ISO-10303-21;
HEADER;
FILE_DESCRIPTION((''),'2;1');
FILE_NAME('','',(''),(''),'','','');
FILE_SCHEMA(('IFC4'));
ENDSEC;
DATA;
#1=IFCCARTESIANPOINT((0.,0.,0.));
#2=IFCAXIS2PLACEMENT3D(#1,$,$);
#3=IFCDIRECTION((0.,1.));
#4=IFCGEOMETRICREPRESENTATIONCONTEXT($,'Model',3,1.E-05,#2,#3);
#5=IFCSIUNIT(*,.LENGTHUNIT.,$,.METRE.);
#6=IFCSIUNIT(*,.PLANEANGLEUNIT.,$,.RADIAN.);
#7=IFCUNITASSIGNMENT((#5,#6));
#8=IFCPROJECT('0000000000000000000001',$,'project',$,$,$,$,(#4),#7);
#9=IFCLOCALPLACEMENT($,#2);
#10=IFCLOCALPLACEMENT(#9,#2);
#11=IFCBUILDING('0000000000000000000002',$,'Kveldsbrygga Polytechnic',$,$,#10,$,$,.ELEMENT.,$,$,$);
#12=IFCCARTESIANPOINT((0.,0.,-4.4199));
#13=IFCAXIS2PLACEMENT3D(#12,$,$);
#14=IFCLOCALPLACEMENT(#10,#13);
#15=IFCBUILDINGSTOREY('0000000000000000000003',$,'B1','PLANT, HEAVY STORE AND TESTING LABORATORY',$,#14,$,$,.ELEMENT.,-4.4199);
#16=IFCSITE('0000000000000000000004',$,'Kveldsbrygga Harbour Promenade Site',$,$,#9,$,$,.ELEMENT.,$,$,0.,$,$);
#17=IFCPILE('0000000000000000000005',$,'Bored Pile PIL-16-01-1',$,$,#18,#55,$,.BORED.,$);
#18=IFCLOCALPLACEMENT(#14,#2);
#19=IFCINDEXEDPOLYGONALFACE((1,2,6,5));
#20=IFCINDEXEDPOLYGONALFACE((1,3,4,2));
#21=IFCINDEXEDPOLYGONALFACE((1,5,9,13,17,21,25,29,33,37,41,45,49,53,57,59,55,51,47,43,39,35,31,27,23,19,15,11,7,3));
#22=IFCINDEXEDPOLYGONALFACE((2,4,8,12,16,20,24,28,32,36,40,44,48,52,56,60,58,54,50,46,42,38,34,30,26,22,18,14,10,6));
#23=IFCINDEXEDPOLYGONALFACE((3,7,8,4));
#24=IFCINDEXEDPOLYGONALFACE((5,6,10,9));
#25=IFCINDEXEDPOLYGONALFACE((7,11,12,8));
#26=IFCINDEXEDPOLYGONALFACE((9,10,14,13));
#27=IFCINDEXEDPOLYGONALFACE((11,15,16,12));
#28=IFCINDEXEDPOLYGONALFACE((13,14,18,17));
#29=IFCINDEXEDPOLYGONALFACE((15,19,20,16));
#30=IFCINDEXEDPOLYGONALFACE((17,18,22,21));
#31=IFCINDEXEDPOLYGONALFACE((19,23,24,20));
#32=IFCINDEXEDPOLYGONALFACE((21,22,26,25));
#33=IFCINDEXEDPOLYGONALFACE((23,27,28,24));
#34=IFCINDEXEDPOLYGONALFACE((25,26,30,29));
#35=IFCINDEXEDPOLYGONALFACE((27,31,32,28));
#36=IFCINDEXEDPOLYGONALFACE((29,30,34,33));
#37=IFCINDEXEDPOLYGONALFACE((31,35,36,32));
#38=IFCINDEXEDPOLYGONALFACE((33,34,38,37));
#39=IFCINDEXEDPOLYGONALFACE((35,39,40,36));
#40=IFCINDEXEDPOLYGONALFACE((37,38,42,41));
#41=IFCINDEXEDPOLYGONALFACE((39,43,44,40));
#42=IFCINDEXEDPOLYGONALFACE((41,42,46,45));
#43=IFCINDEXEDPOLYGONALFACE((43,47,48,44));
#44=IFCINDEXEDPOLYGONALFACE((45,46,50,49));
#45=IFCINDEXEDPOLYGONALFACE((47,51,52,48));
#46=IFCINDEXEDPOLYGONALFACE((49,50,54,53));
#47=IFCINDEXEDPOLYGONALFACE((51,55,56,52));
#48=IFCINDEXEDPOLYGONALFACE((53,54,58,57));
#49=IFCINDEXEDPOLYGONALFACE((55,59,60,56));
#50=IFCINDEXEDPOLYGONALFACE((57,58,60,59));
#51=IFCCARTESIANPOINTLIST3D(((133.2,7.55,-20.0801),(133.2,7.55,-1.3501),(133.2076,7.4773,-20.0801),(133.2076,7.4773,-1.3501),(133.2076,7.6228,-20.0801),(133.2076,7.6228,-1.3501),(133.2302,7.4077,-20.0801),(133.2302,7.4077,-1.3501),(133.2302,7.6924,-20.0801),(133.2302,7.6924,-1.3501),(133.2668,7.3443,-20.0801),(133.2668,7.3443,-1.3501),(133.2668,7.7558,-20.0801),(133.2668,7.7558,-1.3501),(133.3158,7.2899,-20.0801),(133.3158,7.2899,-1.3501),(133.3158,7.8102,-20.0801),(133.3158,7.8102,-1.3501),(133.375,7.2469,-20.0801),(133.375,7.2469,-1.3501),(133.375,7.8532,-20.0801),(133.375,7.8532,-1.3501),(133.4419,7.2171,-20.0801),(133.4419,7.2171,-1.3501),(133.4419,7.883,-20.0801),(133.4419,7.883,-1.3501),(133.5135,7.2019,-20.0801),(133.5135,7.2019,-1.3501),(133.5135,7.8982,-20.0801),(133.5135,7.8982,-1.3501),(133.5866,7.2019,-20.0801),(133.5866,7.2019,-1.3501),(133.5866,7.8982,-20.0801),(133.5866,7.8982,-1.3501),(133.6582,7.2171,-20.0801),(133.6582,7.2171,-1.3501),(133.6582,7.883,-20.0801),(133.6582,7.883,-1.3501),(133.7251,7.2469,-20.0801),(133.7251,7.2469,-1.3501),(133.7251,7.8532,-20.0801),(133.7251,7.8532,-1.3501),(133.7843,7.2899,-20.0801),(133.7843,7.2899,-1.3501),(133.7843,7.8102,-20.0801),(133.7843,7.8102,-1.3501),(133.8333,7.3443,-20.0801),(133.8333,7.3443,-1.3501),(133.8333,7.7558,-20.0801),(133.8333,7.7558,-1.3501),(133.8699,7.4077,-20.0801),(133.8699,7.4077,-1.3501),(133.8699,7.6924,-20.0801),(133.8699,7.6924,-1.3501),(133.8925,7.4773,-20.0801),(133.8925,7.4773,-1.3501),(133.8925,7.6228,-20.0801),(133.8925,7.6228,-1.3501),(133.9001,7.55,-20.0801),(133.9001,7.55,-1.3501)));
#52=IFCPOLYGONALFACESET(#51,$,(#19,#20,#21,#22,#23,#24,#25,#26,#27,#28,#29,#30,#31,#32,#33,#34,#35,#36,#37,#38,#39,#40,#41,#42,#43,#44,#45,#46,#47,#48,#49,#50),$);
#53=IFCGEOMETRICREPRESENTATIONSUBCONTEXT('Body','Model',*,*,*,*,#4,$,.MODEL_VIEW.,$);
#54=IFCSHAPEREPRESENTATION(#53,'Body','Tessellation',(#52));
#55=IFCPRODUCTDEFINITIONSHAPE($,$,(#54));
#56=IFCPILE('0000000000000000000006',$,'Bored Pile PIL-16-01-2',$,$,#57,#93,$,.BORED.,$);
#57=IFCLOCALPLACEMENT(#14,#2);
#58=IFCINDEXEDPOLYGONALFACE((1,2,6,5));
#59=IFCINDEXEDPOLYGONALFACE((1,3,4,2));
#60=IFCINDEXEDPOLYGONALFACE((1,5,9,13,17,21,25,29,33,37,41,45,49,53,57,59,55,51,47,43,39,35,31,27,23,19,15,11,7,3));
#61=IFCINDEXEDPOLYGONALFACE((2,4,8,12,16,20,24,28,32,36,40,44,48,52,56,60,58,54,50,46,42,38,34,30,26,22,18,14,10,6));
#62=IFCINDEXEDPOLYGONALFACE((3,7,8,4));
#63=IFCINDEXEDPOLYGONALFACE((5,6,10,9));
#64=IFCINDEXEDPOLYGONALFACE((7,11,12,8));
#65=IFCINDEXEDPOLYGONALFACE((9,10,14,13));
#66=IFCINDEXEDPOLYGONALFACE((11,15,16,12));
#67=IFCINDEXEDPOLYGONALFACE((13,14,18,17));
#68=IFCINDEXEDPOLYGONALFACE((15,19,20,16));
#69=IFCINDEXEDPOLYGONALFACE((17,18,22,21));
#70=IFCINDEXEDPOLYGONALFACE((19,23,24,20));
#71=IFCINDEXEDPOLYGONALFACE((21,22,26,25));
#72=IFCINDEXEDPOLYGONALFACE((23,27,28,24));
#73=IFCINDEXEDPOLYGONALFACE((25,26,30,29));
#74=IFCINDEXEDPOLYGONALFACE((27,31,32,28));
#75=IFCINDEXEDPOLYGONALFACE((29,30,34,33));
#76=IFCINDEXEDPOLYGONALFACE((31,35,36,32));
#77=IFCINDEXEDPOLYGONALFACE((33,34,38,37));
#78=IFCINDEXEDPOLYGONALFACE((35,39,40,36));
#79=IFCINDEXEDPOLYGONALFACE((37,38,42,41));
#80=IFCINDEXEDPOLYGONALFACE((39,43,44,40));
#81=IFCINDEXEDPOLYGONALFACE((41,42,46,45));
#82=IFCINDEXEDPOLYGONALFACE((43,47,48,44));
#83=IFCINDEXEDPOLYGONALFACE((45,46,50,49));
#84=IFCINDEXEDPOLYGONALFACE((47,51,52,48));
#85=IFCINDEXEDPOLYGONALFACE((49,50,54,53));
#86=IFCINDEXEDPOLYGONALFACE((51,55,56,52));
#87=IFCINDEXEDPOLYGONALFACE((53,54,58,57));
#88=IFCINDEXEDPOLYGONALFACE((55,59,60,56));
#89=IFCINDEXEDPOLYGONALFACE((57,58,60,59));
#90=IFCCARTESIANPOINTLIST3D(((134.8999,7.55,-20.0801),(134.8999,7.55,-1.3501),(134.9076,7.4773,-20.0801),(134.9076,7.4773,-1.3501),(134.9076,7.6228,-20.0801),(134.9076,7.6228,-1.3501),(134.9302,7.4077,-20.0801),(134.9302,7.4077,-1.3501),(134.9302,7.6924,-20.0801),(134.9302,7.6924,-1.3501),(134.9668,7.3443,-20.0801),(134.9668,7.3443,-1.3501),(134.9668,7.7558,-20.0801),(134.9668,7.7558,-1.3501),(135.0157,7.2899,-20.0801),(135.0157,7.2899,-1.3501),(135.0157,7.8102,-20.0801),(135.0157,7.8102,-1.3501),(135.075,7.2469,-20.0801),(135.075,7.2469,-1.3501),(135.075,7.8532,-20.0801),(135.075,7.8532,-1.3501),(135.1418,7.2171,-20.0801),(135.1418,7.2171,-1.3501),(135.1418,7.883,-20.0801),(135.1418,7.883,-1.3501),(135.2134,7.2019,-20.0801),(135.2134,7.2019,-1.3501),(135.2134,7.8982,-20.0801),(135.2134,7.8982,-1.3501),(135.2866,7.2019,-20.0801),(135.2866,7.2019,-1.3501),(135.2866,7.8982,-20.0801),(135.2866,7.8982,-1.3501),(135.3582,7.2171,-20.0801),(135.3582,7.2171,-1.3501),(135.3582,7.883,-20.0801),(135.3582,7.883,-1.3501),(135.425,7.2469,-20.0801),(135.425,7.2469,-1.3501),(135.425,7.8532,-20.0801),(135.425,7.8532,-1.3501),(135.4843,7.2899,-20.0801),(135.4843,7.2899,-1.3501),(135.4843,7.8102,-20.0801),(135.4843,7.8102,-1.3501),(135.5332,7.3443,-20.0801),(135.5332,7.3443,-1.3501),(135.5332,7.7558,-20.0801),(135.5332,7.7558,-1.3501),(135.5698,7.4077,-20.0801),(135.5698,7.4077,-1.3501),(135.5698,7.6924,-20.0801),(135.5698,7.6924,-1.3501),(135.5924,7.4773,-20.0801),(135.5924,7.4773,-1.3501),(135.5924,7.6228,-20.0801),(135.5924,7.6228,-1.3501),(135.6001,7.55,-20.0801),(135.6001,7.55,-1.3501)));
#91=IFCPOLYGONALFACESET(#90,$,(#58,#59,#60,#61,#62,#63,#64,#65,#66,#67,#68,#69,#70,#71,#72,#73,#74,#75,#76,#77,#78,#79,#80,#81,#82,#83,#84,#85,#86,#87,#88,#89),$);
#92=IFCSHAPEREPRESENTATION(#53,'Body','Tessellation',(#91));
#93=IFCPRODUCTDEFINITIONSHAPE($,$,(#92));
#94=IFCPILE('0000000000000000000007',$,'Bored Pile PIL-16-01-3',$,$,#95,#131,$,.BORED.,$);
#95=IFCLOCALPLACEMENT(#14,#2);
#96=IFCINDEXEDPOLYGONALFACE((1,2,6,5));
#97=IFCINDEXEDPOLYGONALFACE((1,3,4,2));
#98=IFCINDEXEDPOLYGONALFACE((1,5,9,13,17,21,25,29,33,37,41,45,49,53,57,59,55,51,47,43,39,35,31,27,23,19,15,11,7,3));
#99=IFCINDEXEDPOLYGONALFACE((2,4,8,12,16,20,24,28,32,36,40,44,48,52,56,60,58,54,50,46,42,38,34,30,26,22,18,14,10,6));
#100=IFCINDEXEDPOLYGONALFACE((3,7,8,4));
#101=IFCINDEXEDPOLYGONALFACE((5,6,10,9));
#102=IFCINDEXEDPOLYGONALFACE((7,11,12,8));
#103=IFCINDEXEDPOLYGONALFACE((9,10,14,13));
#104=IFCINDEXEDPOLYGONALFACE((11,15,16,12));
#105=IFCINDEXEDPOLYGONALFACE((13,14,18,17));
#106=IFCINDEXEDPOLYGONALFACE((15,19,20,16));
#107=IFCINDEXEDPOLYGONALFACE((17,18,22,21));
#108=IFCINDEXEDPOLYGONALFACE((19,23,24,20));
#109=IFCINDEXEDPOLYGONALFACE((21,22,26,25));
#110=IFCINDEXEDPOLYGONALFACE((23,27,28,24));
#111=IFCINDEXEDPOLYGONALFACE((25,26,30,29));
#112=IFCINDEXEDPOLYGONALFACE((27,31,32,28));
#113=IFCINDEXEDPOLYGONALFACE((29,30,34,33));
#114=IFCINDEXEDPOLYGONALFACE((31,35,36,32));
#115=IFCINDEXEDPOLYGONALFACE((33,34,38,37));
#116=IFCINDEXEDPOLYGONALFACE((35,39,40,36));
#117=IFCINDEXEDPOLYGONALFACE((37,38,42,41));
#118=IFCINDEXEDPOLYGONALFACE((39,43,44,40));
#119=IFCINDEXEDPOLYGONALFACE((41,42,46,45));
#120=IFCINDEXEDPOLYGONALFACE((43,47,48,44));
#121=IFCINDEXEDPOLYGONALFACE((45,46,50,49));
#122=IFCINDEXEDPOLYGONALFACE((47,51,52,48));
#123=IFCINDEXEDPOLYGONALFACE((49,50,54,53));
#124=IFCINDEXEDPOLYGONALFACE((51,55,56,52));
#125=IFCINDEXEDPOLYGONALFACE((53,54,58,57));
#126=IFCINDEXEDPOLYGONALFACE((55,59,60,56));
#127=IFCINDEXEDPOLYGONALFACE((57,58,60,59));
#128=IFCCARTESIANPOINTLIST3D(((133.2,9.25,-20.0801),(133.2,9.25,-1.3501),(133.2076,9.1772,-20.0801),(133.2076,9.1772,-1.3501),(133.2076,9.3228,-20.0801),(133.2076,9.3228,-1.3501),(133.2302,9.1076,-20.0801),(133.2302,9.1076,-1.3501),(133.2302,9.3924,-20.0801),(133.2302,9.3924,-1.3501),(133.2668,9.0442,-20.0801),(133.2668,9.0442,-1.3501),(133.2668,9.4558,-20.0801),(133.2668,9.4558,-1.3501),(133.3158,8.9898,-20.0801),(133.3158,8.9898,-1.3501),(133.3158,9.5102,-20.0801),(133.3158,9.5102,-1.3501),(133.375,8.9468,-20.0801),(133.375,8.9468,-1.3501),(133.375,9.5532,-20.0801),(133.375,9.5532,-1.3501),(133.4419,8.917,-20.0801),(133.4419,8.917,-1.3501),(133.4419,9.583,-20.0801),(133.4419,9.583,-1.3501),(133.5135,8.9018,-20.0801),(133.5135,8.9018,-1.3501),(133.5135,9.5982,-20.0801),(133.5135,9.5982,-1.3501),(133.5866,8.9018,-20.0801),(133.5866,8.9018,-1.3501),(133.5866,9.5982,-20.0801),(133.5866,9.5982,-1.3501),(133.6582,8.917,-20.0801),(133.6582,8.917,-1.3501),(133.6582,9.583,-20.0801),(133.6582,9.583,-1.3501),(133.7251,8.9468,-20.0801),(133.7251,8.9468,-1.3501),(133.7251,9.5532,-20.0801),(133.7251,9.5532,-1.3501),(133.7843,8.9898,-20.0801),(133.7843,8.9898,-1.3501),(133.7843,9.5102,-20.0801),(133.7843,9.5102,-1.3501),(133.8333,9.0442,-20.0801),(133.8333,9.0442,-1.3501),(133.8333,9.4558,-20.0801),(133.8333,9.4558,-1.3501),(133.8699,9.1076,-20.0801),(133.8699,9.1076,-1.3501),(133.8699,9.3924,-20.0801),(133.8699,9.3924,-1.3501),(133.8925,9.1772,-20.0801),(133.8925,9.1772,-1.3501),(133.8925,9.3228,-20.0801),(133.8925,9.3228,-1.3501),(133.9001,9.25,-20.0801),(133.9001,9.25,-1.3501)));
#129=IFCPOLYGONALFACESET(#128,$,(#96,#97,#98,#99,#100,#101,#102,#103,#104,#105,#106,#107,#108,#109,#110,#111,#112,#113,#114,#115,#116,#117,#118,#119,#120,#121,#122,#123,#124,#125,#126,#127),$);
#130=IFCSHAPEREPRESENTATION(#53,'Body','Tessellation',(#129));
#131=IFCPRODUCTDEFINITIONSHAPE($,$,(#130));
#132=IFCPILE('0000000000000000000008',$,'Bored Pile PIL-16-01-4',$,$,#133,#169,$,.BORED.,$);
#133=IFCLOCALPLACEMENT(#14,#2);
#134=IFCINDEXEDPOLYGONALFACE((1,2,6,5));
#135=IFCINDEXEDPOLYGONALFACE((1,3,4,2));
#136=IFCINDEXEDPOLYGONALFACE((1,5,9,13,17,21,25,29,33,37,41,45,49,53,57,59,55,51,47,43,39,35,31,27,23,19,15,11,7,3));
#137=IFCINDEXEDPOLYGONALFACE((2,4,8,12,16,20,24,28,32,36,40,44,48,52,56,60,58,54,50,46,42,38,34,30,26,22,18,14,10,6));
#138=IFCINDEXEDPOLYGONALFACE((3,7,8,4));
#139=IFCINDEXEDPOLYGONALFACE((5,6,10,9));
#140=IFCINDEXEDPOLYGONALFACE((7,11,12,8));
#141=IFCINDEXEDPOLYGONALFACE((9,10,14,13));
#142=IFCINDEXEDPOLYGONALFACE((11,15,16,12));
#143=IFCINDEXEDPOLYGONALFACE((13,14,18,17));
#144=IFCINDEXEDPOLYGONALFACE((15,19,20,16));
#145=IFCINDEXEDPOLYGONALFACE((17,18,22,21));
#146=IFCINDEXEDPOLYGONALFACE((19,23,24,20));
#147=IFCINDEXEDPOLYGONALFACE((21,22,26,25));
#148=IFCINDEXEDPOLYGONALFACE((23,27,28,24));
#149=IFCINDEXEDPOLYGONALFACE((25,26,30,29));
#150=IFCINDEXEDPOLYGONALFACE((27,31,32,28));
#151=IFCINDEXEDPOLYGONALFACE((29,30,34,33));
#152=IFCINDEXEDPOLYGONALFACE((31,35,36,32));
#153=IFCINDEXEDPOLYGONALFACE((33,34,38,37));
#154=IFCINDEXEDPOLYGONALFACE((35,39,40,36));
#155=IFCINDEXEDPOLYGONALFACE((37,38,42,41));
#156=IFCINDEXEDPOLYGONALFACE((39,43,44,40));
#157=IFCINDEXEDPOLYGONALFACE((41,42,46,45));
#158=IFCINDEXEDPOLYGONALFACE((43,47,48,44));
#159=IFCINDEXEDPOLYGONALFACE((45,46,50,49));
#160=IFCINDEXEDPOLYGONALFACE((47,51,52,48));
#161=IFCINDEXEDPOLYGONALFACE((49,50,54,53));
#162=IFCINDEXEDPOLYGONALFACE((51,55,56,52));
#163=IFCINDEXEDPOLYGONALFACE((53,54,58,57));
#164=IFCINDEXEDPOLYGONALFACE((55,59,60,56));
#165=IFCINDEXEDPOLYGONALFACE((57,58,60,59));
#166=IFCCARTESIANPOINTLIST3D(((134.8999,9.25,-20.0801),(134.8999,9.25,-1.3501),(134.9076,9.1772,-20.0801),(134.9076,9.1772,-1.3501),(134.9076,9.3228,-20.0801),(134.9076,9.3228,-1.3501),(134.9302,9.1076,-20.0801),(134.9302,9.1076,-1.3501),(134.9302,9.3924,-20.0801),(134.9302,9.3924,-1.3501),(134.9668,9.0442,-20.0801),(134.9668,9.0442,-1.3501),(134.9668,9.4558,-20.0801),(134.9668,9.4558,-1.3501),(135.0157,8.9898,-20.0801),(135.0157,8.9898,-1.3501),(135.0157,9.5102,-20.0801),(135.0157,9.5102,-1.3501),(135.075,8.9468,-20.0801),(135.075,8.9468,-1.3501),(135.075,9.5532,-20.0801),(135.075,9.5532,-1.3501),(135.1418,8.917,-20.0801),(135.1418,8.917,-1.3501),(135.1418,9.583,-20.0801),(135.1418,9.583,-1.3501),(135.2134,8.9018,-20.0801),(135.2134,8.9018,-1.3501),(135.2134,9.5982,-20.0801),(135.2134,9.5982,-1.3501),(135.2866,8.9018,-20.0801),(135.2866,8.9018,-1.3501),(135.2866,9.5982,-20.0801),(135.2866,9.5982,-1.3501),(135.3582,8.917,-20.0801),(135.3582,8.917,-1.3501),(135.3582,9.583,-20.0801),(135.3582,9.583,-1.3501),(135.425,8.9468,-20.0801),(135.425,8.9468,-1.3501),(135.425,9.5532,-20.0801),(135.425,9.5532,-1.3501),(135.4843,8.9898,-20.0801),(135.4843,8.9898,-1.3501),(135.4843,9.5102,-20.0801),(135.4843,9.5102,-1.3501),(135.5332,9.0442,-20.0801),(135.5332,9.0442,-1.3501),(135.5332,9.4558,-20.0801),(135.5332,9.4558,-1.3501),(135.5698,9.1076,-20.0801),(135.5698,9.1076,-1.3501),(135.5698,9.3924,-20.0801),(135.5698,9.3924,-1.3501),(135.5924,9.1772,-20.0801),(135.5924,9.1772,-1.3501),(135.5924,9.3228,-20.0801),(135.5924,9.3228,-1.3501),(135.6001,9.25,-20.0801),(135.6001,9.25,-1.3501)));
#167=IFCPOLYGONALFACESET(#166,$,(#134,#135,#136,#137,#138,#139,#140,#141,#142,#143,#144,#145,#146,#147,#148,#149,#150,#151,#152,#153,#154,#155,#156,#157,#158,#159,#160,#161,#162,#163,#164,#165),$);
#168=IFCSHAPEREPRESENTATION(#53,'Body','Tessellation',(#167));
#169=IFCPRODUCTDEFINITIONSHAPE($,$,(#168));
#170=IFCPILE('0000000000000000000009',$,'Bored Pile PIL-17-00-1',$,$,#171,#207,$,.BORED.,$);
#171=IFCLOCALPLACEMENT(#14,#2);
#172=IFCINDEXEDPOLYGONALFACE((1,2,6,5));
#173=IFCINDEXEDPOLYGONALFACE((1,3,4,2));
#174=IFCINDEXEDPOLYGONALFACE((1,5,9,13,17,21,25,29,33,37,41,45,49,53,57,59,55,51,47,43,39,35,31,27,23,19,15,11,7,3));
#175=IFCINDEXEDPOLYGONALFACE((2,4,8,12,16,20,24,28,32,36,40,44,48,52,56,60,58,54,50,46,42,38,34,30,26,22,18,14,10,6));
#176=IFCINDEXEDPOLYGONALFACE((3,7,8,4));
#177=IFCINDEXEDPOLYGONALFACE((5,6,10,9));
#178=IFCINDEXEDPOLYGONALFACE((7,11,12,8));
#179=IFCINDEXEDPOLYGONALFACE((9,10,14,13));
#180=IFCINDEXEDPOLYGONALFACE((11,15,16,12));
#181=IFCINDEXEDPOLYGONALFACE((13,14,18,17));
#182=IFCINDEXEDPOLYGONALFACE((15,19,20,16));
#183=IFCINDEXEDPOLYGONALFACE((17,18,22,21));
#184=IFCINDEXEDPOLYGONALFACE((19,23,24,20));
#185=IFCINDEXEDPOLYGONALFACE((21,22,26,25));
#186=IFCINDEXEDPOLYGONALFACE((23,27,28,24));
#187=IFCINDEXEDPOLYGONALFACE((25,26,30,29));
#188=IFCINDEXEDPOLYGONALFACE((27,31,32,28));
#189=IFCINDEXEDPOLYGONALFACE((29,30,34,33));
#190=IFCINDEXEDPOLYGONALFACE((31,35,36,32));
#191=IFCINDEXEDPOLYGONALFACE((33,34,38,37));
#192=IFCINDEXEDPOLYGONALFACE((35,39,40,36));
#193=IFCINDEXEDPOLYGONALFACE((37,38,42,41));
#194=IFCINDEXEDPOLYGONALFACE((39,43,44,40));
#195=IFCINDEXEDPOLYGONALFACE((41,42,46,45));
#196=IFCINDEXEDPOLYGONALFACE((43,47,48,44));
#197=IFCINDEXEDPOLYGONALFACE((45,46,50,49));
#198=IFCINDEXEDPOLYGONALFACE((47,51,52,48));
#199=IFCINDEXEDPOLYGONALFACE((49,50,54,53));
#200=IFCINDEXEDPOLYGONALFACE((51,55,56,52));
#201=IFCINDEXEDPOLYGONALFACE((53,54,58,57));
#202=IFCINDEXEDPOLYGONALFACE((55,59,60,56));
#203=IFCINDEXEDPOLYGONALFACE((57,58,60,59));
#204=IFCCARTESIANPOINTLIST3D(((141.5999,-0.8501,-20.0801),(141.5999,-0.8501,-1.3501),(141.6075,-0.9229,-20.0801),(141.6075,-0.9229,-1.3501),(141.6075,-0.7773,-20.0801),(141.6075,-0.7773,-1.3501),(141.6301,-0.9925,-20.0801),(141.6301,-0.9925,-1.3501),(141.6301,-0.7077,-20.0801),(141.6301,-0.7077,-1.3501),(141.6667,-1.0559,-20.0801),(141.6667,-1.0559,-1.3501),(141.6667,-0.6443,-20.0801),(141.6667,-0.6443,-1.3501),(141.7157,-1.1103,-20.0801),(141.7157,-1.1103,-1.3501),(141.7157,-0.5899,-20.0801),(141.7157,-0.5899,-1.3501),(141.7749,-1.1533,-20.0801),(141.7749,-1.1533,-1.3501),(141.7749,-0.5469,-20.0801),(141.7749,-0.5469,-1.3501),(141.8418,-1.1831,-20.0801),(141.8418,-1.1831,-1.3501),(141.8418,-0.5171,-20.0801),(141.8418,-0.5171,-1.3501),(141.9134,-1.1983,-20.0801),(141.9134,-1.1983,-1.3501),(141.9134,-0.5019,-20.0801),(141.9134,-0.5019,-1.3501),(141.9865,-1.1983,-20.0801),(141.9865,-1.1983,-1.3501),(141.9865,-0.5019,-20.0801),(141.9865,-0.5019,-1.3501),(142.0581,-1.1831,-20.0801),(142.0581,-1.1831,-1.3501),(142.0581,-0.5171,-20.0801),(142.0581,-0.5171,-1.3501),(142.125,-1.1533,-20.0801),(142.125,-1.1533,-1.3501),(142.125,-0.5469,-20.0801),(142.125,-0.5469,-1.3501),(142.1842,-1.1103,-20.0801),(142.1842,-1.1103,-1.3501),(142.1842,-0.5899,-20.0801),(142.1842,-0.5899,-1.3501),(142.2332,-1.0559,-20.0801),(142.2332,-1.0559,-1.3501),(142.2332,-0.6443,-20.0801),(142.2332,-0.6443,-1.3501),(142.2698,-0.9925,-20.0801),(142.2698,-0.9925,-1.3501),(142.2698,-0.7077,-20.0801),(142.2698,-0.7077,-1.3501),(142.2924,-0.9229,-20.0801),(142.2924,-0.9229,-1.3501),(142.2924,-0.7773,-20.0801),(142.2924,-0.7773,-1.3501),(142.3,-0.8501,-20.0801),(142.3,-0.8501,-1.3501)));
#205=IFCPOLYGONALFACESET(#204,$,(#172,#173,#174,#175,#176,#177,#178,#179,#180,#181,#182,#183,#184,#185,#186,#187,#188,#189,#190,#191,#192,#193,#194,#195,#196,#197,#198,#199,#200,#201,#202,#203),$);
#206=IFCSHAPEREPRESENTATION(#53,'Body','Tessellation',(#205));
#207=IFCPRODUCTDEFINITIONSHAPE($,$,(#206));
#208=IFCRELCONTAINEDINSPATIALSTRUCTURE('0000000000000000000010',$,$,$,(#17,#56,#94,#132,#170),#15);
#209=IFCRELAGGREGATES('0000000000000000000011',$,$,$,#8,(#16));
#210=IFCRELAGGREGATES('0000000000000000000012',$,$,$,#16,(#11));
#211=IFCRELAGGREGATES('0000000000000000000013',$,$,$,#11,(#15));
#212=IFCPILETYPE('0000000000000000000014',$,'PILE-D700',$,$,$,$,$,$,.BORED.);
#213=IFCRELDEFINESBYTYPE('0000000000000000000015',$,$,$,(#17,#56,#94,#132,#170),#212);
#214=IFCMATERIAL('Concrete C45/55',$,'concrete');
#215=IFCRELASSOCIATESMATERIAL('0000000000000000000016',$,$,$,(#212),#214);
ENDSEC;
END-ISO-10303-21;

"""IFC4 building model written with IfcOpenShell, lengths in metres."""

from ifc_helpers import new_model, si_unit, direction, frame, origin, origin_2d, place, context, subcontext, project, spatial, circle, extrude, material, material_profile, profile_set, type_object, element, save


model = new_model("IFC4")

# Units and contexts
model_context = context("Model", 3, precision=1e-05, world=origin(), true_north=direction((0.0, 1.0)))
body_context = subcontext(model_context, "Body", "Model", "MODEL_VIEW")
ifc_project = project(units=[si_unit("LENGTHUNIT", "METRE"), si_unit("PLANEANGLEUNIT", "RADIAN")], contexts=[model_context])

# Site, building, storey
site_placement = place(None, origin())
site = spatial("IfcSite", under=ifc_project, at=site_placement, Name="Kveldsbrygga Harbour Promenade Site", CompositionType="ELEMENT", RefElevation=0.0)
building_placement = place(site_placement, origin())
building = spatial("IfcBuilding", under=site, at=building_placement, Name="Kveldsbrygga Polytechnic", CompositionType="ELEMENT")
storey_placement = place(building_placement, frame((0.0, 0.0, -4.4199)))
storey = spatial("IfcBuildingStorey", under=building, at=storey_placement, Name="B1", Description="PLANT, HEAVY STORE AND TESTING LABORATORY", CompositionType="ELEMENT", Elevation=-4.4199)

# Shared definitions
ifc_material_1 = material(Name="Concrete C45/55", Category="concrete")

# Piles
ifc_material_profile_1 = material_profile(ifc_material_1, circle(Radius=0.3501, at=origin_2d()), Name="PILE D700")
ifc_profile_set_1 = profile_set([ifc_material_profile_1], Name="Concrete C45/55")
pile_type = type_object("IfcPileType", Name="PILE-D700", PredefinedType="BORED", material=ifc_profile_set_1)
for number, where, z_axis, x_axis, name in (
    (1, (133.55, 7.55, -1.3501), (0.0, 0.0, -1.0), (1.0, 0.0, 0.0), "Bored Pile PIL-16-01-1"),
    (2, (135.25, 7.55, -1.3501), (0.0, 0.0, -1.0), (1.0, 0.0, 0.0), "Bored Pile PIL-16-01-2"),
    (3, (133.55, 9.25, -1.3501), (0.0, 0.0, -1.0), (1.0, 0.0, 0.0), "Bored Pile PIL-16-01-3"),
    (4, (135.25, 9.25, -1.3501), (0.0, 0.0, -1.0), (1.0, 0.0, 0.0), "Bored Pile PIL-16-01-4"),
    (5, (141.95, -0.8501, -1.3501), (0.0, 0.0, -1.0), (1.0, 0.0, 0.0), "Bored Pile PIL-17-00-1"),
):
    element("IfcPile", number, at=place(storey_placement, frame(where, z_axis=z_axis, x_axis=x_axis)), inside=storey, type_object=pile_type, Name=name, PredefinedType="BORED", context=body_context, shape_type="SweptSolid", body=[
        extrude(circle(Radius=0.3501, at=origin_2d()), origin(), (0.0, 0.0, 1.0), 18.73),
    ])

save(model, "model.ifc")
